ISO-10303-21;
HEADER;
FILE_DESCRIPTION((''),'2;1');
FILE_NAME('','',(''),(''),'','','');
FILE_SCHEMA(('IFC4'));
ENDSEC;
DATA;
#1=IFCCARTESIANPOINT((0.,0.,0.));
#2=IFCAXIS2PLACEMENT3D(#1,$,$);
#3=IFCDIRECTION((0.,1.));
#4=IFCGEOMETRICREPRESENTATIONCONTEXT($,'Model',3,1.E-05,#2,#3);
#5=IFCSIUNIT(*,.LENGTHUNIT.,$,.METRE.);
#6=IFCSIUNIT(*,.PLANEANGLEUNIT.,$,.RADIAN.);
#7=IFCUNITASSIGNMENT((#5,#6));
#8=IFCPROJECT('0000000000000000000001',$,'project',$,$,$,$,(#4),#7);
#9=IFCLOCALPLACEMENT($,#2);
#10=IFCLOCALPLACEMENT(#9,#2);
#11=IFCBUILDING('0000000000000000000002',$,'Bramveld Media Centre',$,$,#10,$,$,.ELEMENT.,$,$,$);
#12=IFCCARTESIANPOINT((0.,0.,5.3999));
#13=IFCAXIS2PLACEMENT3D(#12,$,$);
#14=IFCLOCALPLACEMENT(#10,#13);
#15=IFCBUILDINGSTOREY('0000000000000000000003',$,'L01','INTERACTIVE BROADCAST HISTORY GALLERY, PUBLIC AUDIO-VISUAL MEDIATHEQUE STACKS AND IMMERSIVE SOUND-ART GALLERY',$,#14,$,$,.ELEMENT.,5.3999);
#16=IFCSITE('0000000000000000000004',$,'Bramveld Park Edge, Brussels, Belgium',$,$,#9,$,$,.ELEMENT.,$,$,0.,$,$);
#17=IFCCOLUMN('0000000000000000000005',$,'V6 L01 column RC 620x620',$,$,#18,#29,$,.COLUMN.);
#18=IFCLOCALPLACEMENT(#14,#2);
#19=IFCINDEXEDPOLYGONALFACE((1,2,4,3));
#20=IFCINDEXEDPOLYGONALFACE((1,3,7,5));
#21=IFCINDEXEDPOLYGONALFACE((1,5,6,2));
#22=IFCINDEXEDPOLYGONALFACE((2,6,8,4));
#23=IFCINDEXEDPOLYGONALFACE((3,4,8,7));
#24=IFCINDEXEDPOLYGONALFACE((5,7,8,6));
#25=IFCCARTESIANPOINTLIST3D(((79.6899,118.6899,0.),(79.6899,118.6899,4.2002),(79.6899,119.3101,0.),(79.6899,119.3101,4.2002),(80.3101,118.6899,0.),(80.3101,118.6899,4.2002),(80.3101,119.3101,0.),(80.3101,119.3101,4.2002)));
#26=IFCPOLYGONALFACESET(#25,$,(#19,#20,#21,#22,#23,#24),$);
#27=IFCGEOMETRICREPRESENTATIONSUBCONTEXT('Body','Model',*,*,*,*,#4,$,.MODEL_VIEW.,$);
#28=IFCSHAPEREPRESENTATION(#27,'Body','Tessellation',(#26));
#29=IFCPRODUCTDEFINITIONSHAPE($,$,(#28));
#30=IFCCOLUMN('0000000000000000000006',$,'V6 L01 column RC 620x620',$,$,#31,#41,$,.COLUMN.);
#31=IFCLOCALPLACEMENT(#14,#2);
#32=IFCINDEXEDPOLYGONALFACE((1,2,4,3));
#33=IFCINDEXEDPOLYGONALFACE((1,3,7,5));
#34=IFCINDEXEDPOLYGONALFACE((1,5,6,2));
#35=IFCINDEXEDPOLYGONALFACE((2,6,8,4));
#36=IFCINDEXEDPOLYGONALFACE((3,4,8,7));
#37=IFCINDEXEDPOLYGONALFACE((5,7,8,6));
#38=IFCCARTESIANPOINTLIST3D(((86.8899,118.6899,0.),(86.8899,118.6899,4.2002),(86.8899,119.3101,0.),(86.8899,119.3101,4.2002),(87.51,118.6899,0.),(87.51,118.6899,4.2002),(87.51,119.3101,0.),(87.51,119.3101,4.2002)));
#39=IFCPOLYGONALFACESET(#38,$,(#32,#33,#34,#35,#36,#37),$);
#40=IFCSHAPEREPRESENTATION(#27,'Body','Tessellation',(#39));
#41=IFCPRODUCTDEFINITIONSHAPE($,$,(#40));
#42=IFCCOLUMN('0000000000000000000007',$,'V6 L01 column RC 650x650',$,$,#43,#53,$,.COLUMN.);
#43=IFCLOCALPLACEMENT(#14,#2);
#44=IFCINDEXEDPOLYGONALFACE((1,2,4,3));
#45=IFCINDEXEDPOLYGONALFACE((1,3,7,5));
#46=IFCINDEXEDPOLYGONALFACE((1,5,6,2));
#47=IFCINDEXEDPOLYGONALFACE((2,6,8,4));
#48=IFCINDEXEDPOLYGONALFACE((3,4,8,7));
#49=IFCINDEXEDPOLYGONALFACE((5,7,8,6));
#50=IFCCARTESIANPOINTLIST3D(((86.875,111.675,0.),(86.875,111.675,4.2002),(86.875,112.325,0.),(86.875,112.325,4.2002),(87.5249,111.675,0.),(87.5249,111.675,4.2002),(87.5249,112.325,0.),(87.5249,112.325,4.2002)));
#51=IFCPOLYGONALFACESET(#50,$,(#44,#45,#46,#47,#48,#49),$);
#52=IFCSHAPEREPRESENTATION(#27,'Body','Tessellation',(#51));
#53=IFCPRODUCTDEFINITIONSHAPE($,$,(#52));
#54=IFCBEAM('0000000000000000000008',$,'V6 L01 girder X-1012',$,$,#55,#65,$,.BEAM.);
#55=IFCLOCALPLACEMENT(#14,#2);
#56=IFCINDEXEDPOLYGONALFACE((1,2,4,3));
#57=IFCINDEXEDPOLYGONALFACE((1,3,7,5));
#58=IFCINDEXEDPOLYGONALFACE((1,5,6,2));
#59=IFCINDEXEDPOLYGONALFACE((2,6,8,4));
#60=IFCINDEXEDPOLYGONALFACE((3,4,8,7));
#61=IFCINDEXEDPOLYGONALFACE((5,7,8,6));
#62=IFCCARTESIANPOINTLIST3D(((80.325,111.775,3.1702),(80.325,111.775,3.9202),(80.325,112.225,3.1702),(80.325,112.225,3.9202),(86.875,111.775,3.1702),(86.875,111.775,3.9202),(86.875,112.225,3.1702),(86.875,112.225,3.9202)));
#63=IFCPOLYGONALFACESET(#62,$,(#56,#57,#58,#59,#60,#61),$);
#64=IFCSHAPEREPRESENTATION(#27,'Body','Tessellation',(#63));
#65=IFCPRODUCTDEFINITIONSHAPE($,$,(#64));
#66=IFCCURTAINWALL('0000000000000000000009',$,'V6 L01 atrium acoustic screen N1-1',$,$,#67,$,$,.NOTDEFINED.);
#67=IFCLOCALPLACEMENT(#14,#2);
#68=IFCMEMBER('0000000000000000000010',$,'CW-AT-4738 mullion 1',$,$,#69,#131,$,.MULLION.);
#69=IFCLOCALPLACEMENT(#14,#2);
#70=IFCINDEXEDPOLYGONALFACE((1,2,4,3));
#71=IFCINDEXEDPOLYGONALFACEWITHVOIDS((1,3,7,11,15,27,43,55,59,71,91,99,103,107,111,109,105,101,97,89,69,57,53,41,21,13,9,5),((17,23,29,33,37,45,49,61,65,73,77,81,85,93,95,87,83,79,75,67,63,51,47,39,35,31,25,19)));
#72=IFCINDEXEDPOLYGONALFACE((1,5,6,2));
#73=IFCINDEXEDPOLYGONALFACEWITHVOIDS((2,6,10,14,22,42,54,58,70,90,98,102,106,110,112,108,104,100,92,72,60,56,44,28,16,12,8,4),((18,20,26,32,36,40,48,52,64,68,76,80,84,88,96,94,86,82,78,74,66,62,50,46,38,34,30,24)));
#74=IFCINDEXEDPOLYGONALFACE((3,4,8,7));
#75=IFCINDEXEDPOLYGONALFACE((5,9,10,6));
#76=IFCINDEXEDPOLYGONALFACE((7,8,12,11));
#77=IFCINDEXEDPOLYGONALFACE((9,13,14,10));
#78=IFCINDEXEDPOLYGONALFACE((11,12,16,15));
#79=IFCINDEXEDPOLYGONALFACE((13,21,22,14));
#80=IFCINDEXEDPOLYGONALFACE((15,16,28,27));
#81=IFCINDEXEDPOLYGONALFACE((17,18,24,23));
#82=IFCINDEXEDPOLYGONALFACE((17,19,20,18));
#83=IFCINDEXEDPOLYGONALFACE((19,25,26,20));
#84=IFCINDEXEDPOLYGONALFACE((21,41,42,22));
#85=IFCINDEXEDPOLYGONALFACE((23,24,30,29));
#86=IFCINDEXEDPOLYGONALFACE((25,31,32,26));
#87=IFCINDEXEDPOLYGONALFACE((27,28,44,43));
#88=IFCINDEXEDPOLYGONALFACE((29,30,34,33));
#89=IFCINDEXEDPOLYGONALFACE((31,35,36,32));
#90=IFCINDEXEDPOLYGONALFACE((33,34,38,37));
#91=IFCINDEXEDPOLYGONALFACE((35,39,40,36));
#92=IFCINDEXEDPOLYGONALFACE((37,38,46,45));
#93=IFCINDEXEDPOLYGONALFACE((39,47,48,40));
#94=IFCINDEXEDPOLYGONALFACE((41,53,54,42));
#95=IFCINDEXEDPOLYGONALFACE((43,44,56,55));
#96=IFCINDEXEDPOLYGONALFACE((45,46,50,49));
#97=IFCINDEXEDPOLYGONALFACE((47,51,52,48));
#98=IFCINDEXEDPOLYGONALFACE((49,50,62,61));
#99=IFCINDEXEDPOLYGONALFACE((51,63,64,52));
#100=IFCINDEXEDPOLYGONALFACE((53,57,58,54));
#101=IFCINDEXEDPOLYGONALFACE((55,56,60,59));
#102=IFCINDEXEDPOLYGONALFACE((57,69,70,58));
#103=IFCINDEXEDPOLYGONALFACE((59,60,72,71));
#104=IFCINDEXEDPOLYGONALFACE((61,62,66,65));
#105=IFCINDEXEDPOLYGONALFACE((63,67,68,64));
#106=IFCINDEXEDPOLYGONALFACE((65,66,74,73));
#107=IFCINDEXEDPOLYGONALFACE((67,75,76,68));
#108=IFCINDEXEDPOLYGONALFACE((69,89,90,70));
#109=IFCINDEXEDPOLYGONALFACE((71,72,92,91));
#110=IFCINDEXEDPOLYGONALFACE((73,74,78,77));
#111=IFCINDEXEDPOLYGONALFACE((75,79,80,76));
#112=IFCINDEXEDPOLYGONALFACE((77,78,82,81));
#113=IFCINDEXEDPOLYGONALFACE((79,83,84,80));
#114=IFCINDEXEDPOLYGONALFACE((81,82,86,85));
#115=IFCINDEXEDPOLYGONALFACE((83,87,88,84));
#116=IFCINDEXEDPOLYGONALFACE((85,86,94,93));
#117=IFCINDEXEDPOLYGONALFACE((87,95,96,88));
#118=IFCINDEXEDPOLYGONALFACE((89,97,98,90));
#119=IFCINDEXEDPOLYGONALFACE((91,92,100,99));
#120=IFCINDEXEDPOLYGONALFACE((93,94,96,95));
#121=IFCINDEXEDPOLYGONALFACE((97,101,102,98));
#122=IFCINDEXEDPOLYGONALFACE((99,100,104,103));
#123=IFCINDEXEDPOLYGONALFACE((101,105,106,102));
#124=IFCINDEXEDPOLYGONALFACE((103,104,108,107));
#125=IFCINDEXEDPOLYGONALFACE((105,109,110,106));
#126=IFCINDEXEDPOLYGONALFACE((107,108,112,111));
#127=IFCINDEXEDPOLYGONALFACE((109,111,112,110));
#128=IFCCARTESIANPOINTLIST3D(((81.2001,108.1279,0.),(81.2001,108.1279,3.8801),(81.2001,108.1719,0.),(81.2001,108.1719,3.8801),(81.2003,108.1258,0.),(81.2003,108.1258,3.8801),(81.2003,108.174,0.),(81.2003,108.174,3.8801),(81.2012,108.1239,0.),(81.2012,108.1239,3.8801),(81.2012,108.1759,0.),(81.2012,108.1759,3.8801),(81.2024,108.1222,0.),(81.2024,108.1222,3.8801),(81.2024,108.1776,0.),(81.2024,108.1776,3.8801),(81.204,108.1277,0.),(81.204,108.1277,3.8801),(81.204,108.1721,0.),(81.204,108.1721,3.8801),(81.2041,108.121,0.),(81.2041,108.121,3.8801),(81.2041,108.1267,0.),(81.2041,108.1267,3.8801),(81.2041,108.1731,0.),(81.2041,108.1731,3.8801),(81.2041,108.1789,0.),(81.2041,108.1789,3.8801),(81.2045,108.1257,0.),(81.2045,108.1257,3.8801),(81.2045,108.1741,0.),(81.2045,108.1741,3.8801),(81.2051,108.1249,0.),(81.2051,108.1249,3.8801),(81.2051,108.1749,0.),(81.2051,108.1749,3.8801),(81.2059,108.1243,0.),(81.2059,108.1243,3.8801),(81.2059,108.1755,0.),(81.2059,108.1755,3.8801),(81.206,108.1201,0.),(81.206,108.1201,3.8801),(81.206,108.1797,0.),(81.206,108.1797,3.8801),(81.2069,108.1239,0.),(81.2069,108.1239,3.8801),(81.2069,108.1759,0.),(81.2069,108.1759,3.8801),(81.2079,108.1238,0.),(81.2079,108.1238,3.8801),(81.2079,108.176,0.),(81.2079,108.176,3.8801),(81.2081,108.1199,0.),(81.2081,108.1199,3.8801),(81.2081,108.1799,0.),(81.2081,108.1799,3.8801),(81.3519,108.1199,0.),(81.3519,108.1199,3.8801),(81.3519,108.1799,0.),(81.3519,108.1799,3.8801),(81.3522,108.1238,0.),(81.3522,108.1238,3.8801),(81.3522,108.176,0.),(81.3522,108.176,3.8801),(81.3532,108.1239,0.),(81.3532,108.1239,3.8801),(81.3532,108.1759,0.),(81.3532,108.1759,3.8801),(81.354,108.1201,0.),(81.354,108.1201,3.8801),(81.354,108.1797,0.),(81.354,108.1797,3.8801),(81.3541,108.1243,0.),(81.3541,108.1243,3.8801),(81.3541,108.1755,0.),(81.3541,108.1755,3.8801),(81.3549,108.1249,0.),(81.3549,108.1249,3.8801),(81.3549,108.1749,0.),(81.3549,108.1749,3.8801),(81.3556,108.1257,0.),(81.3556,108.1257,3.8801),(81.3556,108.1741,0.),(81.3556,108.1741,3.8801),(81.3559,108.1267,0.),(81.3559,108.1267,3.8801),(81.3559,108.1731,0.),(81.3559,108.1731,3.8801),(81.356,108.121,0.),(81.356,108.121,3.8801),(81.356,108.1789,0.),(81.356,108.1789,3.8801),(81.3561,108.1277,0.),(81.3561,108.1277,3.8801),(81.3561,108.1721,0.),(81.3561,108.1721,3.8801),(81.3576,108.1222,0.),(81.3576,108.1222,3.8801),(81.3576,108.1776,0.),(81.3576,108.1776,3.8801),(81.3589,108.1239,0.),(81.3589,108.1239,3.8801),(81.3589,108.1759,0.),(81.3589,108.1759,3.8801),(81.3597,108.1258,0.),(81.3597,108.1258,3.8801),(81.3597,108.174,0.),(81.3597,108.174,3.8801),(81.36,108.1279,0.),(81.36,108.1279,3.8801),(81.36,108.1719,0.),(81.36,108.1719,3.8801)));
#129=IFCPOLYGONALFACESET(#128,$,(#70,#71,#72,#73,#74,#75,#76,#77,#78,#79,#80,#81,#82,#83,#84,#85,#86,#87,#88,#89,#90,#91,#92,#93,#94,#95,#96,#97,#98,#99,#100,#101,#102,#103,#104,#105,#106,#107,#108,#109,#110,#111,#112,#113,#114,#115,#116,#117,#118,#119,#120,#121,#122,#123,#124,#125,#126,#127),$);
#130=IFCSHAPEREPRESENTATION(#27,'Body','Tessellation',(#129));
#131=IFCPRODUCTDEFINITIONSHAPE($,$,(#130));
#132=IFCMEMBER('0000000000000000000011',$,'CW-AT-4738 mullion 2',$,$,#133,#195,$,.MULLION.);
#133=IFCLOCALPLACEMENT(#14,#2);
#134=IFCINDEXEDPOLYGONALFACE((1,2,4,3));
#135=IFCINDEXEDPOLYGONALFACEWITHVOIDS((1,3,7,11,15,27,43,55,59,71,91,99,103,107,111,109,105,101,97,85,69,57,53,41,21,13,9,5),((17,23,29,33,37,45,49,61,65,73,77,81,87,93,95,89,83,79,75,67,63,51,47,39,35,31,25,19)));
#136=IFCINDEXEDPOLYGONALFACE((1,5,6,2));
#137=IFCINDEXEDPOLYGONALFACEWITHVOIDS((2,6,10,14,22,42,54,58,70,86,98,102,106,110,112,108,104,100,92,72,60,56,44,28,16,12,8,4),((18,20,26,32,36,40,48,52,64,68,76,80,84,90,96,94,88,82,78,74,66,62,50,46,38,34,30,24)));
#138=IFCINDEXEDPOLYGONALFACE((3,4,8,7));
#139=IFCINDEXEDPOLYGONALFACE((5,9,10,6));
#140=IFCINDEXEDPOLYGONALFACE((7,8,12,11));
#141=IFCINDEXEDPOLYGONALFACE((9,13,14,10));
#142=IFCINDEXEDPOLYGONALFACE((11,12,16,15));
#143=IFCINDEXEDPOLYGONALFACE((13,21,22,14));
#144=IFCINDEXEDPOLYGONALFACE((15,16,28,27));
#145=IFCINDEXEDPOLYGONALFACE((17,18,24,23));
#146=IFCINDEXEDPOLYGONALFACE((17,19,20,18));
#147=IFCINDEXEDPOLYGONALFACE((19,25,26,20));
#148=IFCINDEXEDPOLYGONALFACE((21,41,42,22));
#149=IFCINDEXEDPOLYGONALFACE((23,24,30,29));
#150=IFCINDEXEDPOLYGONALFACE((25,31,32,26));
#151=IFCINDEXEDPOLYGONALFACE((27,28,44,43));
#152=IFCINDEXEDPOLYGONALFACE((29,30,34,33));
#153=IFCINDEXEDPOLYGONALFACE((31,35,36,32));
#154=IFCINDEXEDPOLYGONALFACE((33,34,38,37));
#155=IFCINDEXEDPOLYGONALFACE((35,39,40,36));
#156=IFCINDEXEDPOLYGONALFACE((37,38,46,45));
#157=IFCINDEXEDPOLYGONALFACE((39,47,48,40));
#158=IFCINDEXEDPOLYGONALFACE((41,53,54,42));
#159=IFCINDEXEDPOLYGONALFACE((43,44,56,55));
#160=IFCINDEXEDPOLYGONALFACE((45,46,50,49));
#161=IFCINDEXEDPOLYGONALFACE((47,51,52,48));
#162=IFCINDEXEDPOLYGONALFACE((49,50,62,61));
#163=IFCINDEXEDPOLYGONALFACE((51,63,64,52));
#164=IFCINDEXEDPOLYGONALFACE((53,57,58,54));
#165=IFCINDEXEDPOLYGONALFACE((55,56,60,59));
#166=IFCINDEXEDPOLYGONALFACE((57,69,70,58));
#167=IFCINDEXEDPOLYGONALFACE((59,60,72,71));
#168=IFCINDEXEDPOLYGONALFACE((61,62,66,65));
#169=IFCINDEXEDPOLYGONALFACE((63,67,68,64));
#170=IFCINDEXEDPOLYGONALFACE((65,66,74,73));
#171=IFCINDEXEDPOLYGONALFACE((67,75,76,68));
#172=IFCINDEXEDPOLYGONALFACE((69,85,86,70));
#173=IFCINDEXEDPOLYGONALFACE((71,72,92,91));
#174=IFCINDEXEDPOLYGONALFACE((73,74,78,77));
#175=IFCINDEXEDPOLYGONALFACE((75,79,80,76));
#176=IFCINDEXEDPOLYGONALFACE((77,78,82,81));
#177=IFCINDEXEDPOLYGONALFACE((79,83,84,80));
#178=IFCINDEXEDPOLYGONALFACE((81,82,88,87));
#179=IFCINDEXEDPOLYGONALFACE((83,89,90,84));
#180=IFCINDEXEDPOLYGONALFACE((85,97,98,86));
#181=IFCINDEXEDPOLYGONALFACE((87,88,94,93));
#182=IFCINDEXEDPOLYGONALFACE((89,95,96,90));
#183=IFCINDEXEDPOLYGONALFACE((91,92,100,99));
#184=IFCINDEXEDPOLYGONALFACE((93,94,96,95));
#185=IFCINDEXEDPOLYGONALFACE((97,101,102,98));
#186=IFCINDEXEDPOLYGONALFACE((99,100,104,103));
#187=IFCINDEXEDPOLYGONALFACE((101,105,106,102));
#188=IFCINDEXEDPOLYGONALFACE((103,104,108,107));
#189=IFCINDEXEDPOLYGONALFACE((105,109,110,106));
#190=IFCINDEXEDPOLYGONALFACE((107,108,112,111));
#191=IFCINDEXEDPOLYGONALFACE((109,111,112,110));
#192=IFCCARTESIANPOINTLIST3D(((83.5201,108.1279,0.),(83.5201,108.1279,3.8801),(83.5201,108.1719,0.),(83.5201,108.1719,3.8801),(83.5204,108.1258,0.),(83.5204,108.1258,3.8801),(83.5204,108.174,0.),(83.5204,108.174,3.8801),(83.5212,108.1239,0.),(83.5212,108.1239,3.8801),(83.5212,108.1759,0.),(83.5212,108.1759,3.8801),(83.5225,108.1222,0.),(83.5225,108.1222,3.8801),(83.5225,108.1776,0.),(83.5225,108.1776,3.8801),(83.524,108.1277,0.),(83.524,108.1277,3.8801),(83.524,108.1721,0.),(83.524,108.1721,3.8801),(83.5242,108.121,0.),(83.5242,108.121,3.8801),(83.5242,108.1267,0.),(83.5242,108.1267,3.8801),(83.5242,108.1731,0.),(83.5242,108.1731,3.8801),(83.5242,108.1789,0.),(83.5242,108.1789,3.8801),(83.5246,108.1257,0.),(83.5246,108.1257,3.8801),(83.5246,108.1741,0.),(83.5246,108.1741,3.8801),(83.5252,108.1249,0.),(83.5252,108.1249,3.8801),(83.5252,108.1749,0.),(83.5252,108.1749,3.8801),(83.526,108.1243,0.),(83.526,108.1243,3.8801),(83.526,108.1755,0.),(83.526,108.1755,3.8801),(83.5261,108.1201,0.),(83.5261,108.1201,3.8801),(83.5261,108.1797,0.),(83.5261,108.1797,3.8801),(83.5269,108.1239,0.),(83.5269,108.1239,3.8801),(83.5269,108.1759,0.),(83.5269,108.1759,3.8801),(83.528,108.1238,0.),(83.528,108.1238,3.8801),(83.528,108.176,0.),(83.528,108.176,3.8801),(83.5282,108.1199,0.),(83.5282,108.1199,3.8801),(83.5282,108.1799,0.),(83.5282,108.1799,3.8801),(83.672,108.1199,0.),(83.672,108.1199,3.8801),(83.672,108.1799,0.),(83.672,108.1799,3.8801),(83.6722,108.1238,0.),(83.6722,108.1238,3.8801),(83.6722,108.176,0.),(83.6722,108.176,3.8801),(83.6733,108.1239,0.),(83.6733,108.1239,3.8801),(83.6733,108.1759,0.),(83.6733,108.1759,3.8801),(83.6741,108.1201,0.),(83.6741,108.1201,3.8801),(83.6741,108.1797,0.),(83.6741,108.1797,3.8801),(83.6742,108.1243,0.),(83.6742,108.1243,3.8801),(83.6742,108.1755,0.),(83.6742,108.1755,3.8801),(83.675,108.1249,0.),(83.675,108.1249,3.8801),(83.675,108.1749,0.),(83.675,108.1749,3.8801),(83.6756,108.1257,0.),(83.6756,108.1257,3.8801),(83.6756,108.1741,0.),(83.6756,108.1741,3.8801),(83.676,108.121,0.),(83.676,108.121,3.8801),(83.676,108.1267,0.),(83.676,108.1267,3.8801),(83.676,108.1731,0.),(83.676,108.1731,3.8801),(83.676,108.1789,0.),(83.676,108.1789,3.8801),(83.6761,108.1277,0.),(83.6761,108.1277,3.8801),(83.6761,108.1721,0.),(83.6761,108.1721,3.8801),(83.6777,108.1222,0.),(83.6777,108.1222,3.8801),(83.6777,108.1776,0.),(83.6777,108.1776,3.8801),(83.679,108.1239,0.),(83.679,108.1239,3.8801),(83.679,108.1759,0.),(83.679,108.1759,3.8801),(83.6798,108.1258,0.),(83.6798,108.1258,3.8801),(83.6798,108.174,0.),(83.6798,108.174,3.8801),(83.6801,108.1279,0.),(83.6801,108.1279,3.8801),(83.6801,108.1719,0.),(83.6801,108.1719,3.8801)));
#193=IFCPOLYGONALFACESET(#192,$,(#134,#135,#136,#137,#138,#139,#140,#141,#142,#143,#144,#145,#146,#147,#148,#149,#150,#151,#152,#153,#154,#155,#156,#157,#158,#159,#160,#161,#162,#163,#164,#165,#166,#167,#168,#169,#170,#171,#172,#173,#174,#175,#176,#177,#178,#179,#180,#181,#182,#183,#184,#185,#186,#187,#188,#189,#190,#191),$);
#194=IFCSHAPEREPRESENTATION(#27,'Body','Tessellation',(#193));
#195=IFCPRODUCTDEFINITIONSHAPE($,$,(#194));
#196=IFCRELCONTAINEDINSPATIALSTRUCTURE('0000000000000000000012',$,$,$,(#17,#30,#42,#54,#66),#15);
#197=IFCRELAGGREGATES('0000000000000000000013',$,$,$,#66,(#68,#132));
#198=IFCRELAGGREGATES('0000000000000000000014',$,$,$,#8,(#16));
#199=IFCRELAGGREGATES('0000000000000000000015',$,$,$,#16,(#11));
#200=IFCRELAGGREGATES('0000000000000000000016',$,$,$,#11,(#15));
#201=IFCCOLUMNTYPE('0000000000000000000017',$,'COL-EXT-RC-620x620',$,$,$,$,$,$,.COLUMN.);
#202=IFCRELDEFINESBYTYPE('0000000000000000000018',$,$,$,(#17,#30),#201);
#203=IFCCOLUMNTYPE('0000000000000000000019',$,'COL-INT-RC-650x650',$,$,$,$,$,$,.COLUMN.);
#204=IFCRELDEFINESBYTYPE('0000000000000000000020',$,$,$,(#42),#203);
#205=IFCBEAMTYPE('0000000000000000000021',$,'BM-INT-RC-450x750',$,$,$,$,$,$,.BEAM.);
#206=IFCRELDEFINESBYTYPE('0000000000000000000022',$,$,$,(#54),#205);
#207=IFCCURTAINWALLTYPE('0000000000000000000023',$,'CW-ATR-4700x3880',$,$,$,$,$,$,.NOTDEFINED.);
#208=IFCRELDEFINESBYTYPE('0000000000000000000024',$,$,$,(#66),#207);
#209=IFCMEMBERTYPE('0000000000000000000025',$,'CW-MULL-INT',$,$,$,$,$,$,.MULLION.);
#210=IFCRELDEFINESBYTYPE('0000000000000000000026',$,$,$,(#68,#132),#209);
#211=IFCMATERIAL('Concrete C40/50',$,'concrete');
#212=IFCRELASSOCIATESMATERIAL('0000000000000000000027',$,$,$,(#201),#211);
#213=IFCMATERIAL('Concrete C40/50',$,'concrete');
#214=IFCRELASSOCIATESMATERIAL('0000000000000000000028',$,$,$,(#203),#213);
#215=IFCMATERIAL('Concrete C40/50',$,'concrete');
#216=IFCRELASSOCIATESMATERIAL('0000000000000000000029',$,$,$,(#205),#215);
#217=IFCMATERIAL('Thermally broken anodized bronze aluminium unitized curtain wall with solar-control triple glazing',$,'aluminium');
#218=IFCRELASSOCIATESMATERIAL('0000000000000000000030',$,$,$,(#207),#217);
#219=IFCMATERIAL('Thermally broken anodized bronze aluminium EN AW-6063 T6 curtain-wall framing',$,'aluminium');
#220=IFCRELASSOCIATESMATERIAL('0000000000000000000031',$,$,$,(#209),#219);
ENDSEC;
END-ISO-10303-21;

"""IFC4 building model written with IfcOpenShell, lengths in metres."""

from ifc_helpers import new_model, si_unit, direction, frame, origin, origin_2d, place, context, subcontext, project, spatial, rectangle, hollow_rectangle, extrude, material, material_profile, profile_set, type_object, element, aggregate, save


model = new_model("IFC4")

# Units and contexts
model_context = context("Model", 3, precision=1e-05, world=origin(), true_north=direction((0.0, 1.0)))
body_context = subcontext(model_context, "Body", "Model", "MODEL_VIEW")
ifc_project = project(units=[si_unit("LENGTHUNIT", "METRE"), si_unit("PLANEANGLEUNIT", "RADIAN")], contexts=[model_context])

# Site, building, storey
site_placement = place(None, origin())
site = spatial("IfcSite", under=ifc_project, at=site_placement, Name="Bramveld Park Edge, Brussels, Belgium", CompositionType="ELEMENT", RefElevation=0.0)
building_placement = place(site_placement, origin())
building = spatial("IfcBuilding", under=site, at=building_placement, Name="Bramveld Media Centre", CompositionType="ELEMENT")
storey_placement = place(building_placement, frame((0.0, 0.0, 5.3999)))
storey = spatial("IfcBuildingStorey", under=building, at=storey_placement, Name="L01", Description="INTERACTIVE BROADCAST HISTORY GALLERY, PUBLIC AUDIO-VISUAL MEDIATHEQUE STACKS AND IMMERSIVE SOUND-ART GALLERY", CompositionType="ELEMENT", Elevation=5.3999)

# Columns
ifc_material_1 = material(Name="Concrete C40/50", Category="concrete")
ifc_material_profile_1 = material_profile(ifc_material_1, rectangle(XDim=0.6201, YDim=0.6201, at=origin_2d()), Name="RC 620x620")
ifc_profile_set_1 = profile_set([ifc_material_profile_1], Name="Concrete C40/50")
column_type_1 = type_object("IfcColumnType", Name="COL-EXT-RC-620x620", PredefinedType="COLUMN", material=ifc_profile_set_1)
for number, where, z_axis, x_axis, name in (
    (1, (80.0, 119.0, 0.0), (0.0, 0.0, 1.0), (1.0, 0.0, 0.0), "V6 L01 column RC 620x620"),
    (2, (87.2, 119.0, 0.0), (0.0, 0.0, 1.0), (1.0, 0.0, 0.0), "V6 L01 column RC 620x620"),
):
    element("IfcColumn", number, at=place(storey_placement, frame(where, z_axis=z_axis, x_axis=x_axis)), inside=storey, type_object=column_type_1, Name=name, PredefinedType="COLUMN", context=body_context, shape_type="SweptSolid", body=[
        extrude(rectangle(XDim=0.6201, YDim=0.6201, at=origin_2d()), origin(), (0.0, 0.0, 1.0), 4.2002),
    ])
ifc_material_2 = material(Name="Concrete C40/50", Category="concrete")
ifc_material_profile_2 = material_profile(ifc_material_2, rectangle(XDim=0.6499, YDim=0.6499, at=origin_2d()), Name="RC 650x650")
ifc_profile_set_2 = profile_set([ifc_material_profile_2], Name="Concrete C40/50")
column_type_2 = type_object("IfcColumnType", Name="COL-INT-RC-650x650", PredefinedType="COLUMN", material=ifc_profile_set_2)
column_placement = place(storey_placement, frame((87.2, 112.0, 0.0), z_axis=(0.0, 0.0, 1.0), x_axis=(1.0, 0.0, 0.0)))
element("IfcColumn", 3, at=column_placement, inside=storey, type_object=column_type_2, Name="V6 L01 column RC 650x650", PredefinedType="COLUMN", context=body_context, shape_type="SweptSolid", body=[
    extrude(rectangle(XDim=0.6499, YDim=0.6499, at=origin_2d()), origin(), (0.0, 0.0, 1.0), 4.2002),
])

# Beam
ifc_material_3 = material(Name="Concrete C40/50", Category="concrete")
ifc_material_profile_3 = material_profile(ifc_material_3, rectangle(XDim=0.45, YDim=0.75, at=origin_2d()), Name="RC 450x750")
ifc_profile_set_3 = profile_set([ifc_material_profile_3], Name="Concrete C40/50")
beam_type_1 = type_object("IfcBeamType", Name="BM-INT-RC-450x750", PredefinedType="BEAM", material=ifc_profile_set_3)
beam_1_placement = place(storey_placement, frame((80.325, 112.0, 3.5452), z_axis=(1.0, 0.0, 0.0), x_axis=(0.0, 1.0, 0.0)))
element("IfcBeam", 4, at=beam_1_placement, inside=storey, type_object=beam_type_1, Name="V6 L01 girder X-1012", PredefinedType="BEAM", context=body_context, shape_type="SweptSolid", body=[
    extrude(rectangle(XDim=0.45, YDim=0.75, at=origin_2d()), origin(), (0.0, 0.0, 1.0), 6.55),
])

# Curtain wall, members
ifc_material_4 = material(Name="Thermally broken anodized bronze aluminium unitized curtain wall with solar-control triple glazing", Category="aluminium")
curtain_wall_type = type_object("IfcCurtainWallType", Name="CW-ATR-4700x3880", PredefinedType="NOTDEFINED", material=ifc_material_4)
curtain_wall_placement = place(storey_placement, origin())
curtain_wall = element("IfcCurtainWall", 5, at=curtain_wall_placement, inside=storey, type_object=curtain_wall_type, Name="V6 L01 atrium acoustic screen N1-1", PredefinedType="NOTDEFINED")
ifc_material_5 = material(Name="Thermally broken anodized bronze aluminium EN AW-6063 T6 curtain-wall framing", Category="aluminium")
ifc_material_profile_4 = material_profile(ifc_material_5, hollow_rectangle(XDim=0.0601, YDim=0.1599, WallThickness=0.0039, InnerFilletRadius=0.0039, OuterFilletRadius=0.0081, at=origin_2d()), Name="AL-MULL 60x160")
ifc_profile_set_4 = profile_set([ifc_material_profile_4], Name="Thermally broken anodized bronze aluminium EN AW-6063 T6 curtain-wall framing")
member_type_1 = type_object("IfcMemberType", Name="CW-MULL-INT", PredefinedType="MULLION", material=ifc_profile_set_4)
member_1_placement = place(storey_placement, frame((81.28, 108.1499, 0.0), z_axis=(0.0, 0.0, 1.0), x_axis=(0.0, 1.0, 0.0)))
member_1 = element("IfcMember", 6, at=member_1_placement, type_object=member_type_1, Name="CW-AT-4738 mullion 1", PredefinedType="MULLION", context=body_context, shape_type="SweptSolid", body=[
    extrude(hollow_rectangle(XDim=0.0601, YDim=0.1599, WallThickness=0.0039, InnerFilletRadius=0.0039, OuterFilletRadius=0.0081, at=origin_2d()), origin(), (0.0, 0.0, 1.0), 3.8801),
])
member_2_placement = place(storey_placement, frame((83.6001, 108.1499, 0.0), z_axis=(0.0, 0.0, 1.0), x_axis=(0.0, 1.0, 0.0)))
member_2 = element("IfcMember", 7, at=member_2_placement, type_object=member_type_1, Name="CW-AT-4738 mullion 2", PredefinedType="MULLION", context=body_context, shape_type="SweptSolid", body=[
    extrude(hollow_rectangle(XDim=0.0601, YDim=0.1599, WallThickness=0.0039, InnerFilletRadius=0.0039, OuterFilletRadius=0.0081, at=origin_2d()), origin(), (0.0, 0.0, 1.0), 3.8801),
])

aggregate(curtain_wall, [member_1, member_2])

save(model, "model.ifc")
